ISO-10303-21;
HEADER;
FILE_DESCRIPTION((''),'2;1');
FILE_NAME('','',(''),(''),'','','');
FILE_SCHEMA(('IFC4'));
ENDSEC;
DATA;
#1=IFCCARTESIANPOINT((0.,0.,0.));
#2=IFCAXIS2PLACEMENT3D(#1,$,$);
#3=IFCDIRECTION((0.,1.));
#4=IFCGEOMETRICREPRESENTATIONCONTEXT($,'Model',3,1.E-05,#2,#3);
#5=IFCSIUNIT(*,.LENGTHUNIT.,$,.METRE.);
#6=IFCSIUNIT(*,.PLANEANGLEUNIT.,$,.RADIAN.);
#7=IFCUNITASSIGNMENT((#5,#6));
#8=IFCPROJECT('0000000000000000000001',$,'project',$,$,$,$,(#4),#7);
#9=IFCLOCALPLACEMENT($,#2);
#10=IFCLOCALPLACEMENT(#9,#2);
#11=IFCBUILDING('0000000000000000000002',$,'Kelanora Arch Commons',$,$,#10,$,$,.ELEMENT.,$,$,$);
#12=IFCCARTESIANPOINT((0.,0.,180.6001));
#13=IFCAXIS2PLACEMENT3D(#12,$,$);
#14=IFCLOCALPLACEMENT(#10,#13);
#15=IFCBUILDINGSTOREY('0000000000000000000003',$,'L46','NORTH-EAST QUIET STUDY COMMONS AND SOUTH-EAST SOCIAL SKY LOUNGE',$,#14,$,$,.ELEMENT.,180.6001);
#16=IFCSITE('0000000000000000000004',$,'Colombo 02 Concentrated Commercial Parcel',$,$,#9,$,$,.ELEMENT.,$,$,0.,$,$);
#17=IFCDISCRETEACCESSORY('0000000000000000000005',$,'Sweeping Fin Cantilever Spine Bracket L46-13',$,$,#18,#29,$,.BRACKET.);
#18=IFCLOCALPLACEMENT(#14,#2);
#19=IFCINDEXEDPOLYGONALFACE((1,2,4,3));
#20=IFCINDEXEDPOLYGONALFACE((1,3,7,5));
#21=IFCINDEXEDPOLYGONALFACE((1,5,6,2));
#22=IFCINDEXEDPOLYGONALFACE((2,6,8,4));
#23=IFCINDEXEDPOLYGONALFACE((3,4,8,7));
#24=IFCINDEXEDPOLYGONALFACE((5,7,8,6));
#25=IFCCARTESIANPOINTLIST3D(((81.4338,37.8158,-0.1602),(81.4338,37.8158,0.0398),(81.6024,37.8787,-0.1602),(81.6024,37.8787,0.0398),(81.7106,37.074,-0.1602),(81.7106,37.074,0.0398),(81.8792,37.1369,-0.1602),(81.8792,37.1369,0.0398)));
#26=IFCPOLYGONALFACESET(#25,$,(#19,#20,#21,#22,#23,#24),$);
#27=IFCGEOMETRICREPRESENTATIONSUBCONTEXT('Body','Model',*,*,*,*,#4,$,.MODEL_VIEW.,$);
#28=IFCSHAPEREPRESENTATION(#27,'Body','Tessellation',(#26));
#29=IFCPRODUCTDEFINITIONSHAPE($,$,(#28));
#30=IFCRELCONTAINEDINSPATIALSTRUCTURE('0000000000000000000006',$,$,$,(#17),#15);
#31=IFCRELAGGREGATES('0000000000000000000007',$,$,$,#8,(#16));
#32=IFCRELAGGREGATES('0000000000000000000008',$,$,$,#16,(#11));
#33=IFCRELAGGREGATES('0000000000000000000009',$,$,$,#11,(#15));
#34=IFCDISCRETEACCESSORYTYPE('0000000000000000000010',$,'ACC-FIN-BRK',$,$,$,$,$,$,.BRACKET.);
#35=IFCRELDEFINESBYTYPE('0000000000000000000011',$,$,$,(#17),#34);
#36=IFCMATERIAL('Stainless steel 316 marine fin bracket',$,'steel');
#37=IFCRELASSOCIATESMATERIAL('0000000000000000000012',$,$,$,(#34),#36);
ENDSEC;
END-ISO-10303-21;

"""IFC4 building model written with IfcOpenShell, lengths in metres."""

from ifc_helpers import new_model, si_unit, direction, frame, origin, origin_2d, place, context, subcontext, project, spatial, rectangle, extrude, source, transform, mapped, material, type_object, element, save


model = new_model("IFC4")

# Units and contexts
model_context = context("Model", 3, precision=1e-05, world=origin(), true_north=direction((0.0, 1.0)))
body_context = subcontext(model_context, "Body", "Model", "MODEL_VIEW")
ifc_project = project(units=[si_unit("LENGTHUNIT", "METRE"), si_unit("PLANEANGLEUNIT", "RADIAN")], contexts=[model_context])

# Site, building, storey
site_placement = place(None, origin())
site = spatial("IfcSite", under=ifc_project, at=site_placement, Name="Colombo 02 Concentrated Commercial Parcel", CompositionType="ELEMENT", RefElevation=0.0)
building_placement = place(site_placement, origin())
building = spatial("IfcBuilding", under=site, at=building_placement, Name="Kelanora Arch Commons", CompositionType="ELEMENT")
storey_placement = place(building_placement, frame((0.0, 0.0, 180.6001)))
storey = spatial("IfcBuildingStorey", under=building, at=storey_placement, Name="L46", Description="NORTH-EAST QUIET STUDY COMMONS AND SOUTH-EAST SOCIAL SKY LOUNGE", CompositionType="ELEMENT", Elevation=180.6001)

# Discrete accessory
ifc_material_1 = material(Name="Stainless steel 316 marine fin bracket", Category="steel")
discrete_accessory_type = type_object("IfcDiscreteAccessoryType", Name="ACC-FIN-BRK", PredefinedType="BRACKET", material=ifc_material_1)
shared_shape_1 = source(origin(), body_context, "Body", "SweptSolid", [
    extrude(rectangle(XDim=0.7917, YDim=0.1799, at=origin_2d()), origin(), (0.0, 0.0, 1.0), 0.2),
])
for number, where, z_axis, x_axis, name in (
    (1, (81.6565, 37.4763, -0.1602), (0.0, 0.0, 1.0), (0.349553, -0.936916, 0.0), "Sweeping Fin Cantilever Spine Bracket L46-13"),
):
    element("IfcDiscreteAccessory", number, at=place(storey_placement, frame(where, z_axis=z_axis, x_axis=x_axis)), inside=storey, type_object=discrete_accessory_type, Name=name, PredefinedType="BRACKET", context=body_context, shape_type="MappedRepresentation", body=[
        mapped(shared_shape_1, transform((0.0, 0.0, 0.0), scale=1.0)),
    ])

save(model, "model.ifc")
